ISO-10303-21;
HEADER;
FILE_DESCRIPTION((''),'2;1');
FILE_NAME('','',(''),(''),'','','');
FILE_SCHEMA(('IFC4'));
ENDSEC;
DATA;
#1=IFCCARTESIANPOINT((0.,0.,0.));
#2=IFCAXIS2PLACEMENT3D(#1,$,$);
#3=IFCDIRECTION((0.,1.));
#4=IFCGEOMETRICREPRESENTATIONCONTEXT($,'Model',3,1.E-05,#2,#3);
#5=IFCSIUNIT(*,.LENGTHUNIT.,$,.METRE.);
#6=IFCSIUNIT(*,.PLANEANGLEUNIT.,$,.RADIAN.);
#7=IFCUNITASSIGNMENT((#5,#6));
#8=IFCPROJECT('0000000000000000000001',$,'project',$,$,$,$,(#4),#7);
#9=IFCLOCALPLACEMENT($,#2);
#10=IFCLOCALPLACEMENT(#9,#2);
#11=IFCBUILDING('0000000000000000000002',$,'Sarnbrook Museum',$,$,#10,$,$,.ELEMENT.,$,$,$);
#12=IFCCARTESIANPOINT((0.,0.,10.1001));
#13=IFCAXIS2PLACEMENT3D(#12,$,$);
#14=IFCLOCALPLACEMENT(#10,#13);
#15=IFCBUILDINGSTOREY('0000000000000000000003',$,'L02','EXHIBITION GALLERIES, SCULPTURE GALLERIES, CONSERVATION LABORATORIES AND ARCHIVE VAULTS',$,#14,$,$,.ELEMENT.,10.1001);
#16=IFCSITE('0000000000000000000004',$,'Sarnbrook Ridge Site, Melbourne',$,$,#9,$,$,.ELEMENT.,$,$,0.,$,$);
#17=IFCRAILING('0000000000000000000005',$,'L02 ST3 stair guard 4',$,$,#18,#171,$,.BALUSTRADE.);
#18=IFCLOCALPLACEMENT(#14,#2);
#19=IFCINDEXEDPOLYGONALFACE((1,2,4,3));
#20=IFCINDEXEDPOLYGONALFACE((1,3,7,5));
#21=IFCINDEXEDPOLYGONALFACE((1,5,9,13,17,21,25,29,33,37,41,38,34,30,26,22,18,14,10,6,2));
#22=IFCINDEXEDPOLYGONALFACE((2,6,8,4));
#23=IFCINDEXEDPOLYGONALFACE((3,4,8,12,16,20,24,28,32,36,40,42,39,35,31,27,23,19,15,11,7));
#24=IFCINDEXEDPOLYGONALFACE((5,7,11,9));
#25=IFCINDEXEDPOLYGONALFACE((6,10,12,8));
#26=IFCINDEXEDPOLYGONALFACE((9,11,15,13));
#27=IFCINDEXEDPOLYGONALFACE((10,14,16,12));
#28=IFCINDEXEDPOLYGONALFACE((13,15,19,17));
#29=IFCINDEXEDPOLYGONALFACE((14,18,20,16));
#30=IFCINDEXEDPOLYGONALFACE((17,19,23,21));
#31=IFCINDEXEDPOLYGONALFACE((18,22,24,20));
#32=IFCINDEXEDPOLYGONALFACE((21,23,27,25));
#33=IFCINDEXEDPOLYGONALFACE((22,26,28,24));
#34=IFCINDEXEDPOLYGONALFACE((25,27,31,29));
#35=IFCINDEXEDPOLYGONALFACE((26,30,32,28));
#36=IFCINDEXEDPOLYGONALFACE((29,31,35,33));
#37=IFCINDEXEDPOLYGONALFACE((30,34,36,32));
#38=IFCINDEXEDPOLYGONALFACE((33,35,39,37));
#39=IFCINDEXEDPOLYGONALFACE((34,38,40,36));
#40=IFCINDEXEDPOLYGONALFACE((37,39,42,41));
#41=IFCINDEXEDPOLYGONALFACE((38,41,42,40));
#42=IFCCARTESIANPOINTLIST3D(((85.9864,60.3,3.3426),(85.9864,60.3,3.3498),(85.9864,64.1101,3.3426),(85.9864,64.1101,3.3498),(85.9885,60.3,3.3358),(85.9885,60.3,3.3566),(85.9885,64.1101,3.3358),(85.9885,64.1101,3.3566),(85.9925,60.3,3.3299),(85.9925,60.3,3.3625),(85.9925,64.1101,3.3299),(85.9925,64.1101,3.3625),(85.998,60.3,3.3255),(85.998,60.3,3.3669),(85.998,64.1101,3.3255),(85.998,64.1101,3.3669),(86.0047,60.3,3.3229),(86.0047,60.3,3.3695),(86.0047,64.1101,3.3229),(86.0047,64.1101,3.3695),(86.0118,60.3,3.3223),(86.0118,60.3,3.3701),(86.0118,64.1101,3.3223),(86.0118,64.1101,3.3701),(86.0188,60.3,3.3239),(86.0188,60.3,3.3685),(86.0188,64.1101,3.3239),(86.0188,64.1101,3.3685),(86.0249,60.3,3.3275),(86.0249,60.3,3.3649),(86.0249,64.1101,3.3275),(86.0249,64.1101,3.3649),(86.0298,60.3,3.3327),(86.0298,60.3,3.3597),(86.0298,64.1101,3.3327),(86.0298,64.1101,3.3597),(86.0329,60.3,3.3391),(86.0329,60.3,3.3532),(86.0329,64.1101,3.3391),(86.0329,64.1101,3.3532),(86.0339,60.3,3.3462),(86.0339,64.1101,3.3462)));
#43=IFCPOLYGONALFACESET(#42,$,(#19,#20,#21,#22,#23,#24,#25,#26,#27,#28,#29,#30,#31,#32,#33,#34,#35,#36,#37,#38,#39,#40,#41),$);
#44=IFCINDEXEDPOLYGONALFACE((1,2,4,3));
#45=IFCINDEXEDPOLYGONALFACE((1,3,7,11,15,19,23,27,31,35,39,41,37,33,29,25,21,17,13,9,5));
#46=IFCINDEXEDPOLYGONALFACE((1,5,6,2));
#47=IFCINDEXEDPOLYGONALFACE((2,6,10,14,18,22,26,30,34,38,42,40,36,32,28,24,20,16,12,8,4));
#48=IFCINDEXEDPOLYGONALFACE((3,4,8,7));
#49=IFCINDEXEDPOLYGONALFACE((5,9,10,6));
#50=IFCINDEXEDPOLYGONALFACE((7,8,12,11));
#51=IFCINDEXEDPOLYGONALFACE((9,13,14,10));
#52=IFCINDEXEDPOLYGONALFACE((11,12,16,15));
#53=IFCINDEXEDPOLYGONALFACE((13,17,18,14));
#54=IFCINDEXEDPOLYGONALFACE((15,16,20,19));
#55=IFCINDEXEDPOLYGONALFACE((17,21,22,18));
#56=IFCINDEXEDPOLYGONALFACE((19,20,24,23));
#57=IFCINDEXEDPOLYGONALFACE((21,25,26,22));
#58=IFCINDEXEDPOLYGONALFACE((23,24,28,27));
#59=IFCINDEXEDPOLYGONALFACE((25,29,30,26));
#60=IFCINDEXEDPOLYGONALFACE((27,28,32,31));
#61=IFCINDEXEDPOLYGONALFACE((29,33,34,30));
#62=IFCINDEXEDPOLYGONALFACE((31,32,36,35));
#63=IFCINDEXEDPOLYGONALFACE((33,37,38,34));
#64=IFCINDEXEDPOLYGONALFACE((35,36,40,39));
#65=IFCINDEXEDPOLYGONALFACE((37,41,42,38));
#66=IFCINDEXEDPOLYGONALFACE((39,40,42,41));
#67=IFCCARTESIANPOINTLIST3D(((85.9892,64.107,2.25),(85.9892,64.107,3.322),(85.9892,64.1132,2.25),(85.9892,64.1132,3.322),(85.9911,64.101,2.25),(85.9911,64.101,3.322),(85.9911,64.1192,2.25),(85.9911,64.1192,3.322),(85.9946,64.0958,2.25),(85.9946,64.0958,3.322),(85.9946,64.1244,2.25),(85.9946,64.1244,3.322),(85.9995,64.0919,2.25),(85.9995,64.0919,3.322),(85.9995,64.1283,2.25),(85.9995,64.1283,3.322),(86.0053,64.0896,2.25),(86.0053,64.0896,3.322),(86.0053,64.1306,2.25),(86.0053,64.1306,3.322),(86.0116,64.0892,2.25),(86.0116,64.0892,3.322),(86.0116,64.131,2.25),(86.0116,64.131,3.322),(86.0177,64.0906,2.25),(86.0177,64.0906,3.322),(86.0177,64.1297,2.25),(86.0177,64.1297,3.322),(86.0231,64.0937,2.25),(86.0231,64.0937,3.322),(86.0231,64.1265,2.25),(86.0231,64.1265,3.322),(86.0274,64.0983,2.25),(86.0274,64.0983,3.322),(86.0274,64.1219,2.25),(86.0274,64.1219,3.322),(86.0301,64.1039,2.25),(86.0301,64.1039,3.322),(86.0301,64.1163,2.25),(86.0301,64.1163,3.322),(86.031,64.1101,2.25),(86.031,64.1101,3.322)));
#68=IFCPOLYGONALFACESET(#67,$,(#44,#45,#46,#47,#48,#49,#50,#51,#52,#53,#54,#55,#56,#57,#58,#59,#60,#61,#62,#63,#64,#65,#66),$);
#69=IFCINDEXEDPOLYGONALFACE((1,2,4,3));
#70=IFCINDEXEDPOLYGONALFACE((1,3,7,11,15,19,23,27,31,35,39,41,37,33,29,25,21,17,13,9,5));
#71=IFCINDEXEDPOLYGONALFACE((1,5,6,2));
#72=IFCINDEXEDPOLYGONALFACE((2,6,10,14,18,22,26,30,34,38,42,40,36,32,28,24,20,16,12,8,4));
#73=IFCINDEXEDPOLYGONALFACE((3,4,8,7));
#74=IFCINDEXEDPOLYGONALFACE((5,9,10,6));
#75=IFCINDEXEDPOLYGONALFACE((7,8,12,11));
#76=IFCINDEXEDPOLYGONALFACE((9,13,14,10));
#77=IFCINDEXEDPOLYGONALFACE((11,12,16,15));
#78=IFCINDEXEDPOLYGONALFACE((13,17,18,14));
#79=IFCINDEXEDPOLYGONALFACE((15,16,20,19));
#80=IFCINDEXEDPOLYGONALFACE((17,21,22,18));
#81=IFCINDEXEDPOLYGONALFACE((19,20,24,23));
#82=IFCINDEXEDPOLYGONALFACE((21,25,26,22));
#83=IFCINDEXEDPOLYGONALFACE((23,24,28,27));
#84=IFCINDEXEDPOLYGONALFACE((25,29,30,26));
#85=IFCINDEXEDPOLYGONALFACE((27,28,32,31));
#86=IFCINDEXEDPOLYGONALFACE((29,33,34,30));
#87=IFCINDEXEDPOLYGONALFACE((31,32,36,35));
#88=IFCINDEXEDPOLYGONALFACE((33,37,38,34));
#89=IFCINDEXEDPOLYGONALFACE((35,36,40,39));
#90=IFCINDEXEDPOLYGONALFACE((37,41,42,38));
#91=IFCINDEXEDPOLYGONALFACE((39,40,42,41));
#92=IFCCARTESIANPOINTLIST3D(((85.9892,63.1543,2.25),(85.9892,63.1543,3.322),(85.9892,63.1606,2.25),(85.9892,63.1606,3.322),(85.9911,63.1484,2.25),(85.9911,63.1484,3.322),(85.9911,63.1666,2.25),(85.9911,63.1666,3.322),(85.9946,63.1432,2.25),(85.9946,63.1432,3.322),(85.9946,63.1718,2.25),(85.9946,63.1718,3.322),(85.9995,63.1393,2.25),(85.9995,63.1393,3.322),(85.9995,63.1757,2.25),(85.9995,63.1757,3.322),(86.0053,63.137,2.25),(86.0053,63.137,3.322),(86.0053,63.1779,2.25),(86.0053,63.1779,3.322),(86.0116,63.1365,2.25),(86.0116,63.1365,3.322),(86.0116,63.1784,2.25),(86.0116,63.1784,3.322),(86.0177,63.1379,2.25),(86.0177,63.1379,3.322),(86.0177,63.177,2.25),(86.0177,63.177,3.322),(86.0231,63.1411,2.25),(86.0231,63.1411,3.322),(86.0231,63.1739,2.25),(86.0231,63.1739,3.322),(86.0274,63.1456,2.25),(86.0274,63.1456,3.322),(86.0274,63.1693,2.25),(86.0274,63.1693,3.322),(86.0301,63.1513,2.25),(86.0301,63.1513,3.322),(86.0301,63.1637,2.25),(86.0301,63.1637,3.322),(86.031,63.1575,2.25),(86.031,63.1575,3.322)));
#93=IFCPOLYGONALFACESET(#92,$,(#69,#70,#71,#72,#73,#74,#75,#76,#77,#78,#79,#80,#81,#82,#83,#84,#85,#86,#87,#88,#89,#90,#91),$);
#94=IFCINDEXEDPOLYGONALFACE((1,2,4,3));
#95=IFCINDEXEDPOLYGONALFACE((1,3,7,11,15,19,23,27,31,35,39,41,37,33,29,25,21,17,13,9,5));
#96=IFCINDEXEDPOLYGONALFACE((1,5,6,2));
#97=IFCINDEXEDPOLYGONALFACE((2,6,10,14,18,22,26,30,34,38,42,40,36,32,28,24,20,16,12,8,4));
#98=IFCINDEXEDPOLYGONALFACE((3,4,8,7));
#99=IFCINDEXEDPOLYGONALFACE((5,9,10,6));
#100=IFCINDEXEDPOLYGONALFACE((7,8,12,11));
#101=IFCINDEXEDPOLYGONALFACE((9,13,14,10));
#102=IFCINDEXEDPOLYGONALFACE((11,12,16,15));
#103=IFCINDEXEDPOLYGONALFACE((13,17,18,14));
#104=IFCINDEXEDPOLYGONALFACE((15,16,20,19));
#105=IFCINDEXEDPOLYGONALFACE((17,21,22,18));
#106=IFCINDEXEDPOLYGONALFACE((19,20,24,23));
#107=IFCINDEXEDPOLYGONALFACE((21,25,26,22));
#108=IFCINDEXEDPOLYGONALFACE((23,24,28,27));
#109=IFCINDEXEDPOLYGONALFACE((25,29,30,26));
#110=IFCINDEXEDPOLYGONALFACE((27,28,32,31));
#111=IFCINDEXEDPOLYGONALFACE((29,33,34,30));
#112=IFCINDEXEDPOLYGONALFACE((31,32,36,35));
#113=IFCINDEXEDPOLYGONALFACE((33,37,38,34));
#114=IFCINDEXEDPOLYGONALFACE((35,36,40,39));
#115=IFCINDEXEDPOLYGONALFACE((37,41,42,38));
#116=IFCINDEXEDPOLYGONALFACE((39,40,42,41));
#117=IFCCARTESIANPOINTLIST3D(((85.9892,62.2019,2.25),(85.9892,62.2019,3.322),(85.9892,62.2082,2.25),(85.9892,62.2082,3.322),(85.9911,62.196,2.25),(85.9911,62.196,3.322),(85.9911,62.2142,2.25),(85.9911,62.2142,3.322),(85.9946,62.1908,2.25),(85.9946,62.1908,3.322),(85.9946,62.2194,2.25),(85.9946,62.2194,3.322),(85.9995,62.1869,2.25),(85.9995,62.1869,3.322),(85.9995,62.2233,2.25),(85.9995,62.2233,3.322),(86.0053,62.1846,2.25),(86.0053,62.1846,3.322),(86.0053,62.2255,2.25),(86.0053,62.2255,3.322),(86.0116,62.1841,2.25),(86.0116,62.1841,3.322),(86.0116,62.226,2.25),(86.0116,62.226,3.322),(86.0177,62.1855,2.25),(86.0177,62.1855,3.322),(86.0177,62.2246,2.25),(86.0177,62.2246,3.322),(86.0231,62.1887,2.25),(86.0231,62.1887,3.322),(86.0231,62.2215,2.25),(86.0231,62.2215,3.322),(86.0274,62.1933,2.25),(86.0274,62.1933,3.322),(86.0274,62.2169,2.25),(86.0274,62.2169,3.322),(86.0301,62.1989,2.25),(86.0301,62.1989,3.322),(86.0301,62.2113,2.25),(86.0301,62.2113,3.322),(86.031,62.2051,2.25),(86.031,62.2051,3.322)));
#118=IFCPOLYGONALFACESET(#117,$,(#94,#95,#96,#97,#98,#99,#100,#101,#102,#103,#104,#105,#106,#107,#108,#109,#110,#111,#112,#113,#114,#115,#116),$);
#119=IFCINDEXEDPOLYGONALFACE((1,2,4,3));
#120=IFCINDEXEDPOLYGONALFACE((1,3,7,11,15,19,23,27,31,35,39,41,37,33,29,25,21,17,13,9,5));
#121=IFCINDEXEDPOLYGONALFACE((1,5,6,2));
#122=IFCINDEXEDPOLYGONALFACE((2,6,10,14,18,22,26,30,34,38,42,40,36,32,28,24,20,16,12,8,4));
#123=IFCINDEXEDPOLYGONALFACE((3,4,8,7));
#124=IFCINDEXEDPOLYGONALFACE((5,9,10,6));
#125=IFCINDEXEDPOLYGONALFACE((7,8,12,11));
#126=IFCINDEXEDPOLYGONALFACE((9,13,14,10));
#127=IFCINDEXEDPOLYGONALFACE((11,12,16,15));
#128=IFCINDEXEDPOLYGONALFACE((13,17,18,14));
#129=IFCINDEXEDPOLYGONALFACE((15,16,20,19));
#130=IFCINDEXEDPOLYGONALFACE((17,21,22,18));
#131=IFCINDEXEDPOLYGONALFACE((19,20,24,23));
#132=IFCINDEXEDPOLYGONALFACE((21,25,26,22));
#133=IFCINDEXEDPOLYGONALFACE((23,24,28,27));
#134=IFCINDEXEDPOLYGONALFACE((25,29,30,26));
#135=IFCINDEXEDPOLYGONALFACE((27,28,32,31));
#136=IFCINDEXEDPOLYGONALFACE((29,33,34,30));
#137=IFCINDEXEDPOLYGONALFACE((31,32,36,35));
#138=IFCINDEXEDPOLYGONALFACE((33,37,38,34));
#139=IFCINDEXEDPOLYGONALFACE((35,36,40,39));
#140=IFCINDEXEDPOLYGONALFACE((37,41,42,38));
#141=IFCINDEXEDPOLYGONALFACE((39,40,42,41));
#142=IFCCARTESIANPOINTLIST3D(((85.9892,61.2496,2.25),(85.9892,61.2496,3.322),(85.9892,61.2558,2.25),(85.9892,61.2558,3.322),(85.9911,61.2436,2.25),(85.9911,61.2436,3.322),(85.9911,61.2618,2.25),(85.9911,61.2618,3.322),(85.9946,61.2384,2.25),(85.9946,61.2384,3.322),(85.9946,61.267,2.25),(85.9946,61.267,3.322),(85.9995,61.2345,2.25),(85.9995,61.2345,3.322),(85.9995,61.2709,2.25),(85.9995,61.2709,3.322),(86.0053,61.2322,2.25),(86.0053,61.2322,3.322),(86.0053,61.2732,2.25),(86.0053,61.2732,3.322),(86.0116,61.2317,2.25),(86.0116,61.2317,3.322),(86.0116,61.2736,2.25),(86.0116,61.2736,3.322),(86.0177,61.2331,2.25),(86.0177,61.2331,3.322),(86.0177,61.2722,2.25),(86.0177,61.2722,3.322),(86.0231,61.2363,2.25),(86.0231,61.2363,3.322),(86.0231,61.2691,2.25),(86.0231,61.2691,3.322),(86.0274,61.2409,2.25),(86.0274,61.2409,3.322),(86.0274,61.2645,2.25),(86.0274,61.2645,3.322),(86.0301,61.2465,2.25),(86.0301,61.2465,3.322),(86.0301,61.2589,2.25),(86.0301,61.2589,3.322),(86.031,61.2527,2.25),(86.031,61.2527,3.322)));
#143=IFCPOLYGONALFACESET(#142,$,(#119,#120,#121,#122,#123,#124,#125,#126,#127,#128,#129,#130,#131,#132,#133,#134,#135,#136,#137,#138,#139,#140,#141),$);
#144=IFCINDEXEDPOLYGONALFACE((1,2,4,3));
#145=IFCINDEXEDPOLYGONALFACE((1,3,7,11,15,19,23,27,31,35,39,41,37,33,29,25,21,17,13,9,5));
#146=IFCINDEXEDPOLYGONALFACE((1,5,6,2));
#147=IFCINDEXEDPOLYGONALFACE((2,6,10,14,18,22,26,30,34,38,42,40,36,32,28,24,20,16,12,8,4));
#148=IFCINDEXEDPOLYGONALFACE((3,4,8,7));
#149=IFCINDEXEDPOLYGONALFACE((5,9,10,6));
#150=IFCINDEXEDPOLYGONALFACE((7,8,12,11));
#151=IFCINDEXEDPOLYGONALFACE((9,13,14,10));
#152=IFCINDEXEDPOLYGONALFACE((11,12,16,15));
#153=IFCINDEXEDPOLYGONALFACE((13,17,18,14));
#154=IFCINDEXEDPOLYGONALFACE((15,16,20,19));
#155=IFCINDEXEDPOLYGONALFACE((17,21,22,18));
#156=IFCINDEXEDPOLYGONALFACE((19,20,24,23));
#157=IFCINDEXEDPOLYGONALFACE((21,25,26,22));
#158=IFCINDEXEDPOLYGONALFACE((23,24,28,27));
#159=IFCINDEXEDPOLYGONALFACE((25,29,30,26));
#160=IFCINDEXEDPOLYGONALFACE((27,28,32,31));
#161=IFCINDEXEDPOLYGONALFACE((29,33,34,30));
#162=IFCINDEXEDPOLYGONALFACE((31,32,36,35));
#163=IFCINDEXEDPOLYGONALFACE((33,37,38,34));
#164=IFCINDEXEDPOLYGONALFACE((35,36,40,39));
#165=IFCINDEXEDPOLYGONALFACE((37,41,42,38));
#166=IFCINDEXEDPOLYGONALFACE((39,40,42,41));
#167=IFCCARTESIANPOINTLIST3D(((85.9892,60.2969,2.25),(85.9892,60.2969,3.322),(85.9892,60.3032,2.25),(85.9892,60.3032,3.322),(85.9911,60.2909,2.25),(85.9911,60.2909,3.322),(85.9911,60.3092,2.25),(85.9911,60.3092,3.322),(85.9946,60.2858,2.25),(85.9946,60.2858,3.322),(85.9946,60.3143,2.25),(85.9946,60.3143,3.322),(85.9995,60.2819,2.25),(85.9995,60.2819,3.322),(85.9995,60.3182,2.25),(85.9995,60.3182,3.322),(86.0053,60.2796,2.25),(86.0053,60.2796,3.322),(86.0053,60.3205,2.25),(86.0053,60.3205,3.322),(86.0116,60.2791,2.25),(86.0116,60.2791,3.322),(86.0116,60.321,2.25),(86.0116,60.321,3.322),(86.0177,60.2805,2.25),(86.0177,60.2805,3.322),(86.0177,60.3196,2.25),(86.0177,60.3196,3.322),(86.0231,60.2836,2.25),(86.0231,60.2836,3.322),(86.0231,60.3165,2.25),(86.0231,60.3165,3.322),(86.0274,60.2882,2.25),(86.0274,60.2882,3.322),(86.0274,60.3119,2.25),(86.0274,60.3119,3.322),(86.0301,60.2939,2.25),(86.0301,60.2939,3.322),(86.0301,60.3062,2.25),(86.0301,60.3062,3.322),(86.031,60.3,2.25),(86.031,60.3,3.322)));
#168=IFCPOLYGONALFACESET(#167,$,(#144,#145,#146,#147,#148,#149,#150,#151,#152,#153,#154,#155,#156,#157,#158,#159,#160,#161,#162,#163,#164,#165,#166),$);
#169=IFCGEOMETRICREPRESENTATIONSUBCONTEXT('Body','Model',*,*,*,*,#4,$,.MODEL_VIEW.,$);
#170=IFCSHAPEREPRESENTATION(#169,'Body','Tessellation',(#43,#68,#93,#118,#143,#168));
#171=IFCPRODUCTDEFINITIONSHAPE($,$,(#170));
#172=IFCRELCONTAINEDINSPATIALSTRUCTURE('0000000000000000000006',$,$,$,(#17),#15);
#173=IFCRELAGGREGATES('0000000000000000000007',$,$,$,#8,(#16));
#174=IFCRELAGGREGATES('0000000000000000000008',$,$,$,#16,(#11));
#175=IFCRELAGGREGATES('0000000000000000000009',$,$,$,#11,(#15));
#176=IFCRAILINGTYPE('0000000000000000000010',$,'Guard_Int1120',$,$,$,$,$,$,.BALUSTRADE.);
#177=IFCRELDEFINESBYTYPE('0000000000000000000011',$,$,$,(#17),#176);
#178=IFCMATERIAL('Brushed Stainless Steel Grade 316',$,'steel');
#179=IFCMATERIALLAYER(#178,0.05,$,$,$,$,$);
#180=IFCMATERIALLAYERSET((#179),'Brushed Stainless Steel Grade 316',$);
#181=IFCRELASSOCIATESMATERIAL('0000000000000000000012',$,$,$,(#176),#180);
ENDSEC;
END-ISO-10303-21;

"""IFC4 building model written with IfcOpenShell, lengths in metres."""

from ifc_helpers import new_model, si_unit, direction, frame, origin, origin_2d, place, context, subcontext, project, spatial, circle, extrude, material, layer, layer_set, type_object, element, save


model = new_model("IFC4")

# Units and contexts
model_context = context("Model", 3, precision=1e-05, world=origin(), true_north=direction((0.0, 1.0)))
body_context = subcontext(model_context, "Body", "Model", "MODEL_VIEW")
ifc_project = project(units=[si_unit("LENGTHUNIT", "METRE"), si_unit("PLANEANGLEUNIT", "RADIAN")], contexts=[model_context])

# Site, building, storey
site_placement = place(None, origin())
site = spatial("IfcSite", under=ifc_project, at=site_placement, Name="Sarnbrook Ridge Site, Melbourne", CompositionType="ELEMENT", RefElevation=0.0)
building_placement = place(site_placement, origin())
building = spatial("IfcBuilding", under=site, at=building_placement, Name="Sarnbrook Museum", CompositionType="ELEMENT")
storey_placement = place(building_placement, frame((0.0, 0.0, 10.1001)))
storey = spatial("IfcBuildingStorey", under=building, at=storey_placement, Name="L02", Description="EXHIBITION GALLERIES, SCULPTURE GALLERIES, CONSERVATION LABORATORIES AND ARCHIVE VAULTS", CompositionType="ELEMENT", Elevation=10.1001)

# Railing
ifc_material_1 = material(Name="Brushed Stainless Steel Grade 316", Category="steel")
ifc_layer_1 = layer(ifc_material_1, 0.05)
ifc_layer_set_1 = layer_set([ifc_layer_1], Name="Brushed Stainless Steel Grade 316")
railing_type_1 = type_object("IfcRailingType", Name="Guard_Int1120", PredefinedType="BALUSTRADE", material=ifc_layer_set_1)
railing_1_placement = place(storey_placement, frame((86.01, 64.1101, 2.25)))
element("IfcRailing", 1, at=railing_1_placement, inside=storey, type_object=railing_type_1, Name="L02 ST3 stair guard 4", PredefinedType="BALUSTRADE", context=body_context, shape_type="SweptSolid", body=[
    extrude(circle(Radius=0.0239, at=origin_2d()), frame((0.0, 0.0, 1.0962), z_axis=(0.0, -1.0, 0.0), x_axis=(1.0, 0.0, 0.0)), (0.0, 0.0, 1.0), 3.8101),
    extrude(circle(Radius=0.021, at=origin_2d()), origin(), (0.0, 0.0, 1.0), 1.072),
    extrude(circle(Radius=0.021, at=origin_2d()), frame((0.0, -0.9526, 0.0)), (0.0, 0.0, 1.0), 1.072),
    extrude(circle(Radius=0.021, at=origin_2d()), frame((0.0, -1.905, 0.0)), (0.0, 0.0, 1.0), 1.072),
    extrude(circle(Radius=0.021, at=origin_2d()), frame((0.0, -2.8574, 0.0)), (0.0, 0.0, 1.0), 1.072),
    extrude(circle(Radius=0.021, at=origin_2d()), frame((0.0, -3.8101, 0.0)), (0.0, 0.0, 1.0), 1.072),
])

save(model, "model.ifc")
